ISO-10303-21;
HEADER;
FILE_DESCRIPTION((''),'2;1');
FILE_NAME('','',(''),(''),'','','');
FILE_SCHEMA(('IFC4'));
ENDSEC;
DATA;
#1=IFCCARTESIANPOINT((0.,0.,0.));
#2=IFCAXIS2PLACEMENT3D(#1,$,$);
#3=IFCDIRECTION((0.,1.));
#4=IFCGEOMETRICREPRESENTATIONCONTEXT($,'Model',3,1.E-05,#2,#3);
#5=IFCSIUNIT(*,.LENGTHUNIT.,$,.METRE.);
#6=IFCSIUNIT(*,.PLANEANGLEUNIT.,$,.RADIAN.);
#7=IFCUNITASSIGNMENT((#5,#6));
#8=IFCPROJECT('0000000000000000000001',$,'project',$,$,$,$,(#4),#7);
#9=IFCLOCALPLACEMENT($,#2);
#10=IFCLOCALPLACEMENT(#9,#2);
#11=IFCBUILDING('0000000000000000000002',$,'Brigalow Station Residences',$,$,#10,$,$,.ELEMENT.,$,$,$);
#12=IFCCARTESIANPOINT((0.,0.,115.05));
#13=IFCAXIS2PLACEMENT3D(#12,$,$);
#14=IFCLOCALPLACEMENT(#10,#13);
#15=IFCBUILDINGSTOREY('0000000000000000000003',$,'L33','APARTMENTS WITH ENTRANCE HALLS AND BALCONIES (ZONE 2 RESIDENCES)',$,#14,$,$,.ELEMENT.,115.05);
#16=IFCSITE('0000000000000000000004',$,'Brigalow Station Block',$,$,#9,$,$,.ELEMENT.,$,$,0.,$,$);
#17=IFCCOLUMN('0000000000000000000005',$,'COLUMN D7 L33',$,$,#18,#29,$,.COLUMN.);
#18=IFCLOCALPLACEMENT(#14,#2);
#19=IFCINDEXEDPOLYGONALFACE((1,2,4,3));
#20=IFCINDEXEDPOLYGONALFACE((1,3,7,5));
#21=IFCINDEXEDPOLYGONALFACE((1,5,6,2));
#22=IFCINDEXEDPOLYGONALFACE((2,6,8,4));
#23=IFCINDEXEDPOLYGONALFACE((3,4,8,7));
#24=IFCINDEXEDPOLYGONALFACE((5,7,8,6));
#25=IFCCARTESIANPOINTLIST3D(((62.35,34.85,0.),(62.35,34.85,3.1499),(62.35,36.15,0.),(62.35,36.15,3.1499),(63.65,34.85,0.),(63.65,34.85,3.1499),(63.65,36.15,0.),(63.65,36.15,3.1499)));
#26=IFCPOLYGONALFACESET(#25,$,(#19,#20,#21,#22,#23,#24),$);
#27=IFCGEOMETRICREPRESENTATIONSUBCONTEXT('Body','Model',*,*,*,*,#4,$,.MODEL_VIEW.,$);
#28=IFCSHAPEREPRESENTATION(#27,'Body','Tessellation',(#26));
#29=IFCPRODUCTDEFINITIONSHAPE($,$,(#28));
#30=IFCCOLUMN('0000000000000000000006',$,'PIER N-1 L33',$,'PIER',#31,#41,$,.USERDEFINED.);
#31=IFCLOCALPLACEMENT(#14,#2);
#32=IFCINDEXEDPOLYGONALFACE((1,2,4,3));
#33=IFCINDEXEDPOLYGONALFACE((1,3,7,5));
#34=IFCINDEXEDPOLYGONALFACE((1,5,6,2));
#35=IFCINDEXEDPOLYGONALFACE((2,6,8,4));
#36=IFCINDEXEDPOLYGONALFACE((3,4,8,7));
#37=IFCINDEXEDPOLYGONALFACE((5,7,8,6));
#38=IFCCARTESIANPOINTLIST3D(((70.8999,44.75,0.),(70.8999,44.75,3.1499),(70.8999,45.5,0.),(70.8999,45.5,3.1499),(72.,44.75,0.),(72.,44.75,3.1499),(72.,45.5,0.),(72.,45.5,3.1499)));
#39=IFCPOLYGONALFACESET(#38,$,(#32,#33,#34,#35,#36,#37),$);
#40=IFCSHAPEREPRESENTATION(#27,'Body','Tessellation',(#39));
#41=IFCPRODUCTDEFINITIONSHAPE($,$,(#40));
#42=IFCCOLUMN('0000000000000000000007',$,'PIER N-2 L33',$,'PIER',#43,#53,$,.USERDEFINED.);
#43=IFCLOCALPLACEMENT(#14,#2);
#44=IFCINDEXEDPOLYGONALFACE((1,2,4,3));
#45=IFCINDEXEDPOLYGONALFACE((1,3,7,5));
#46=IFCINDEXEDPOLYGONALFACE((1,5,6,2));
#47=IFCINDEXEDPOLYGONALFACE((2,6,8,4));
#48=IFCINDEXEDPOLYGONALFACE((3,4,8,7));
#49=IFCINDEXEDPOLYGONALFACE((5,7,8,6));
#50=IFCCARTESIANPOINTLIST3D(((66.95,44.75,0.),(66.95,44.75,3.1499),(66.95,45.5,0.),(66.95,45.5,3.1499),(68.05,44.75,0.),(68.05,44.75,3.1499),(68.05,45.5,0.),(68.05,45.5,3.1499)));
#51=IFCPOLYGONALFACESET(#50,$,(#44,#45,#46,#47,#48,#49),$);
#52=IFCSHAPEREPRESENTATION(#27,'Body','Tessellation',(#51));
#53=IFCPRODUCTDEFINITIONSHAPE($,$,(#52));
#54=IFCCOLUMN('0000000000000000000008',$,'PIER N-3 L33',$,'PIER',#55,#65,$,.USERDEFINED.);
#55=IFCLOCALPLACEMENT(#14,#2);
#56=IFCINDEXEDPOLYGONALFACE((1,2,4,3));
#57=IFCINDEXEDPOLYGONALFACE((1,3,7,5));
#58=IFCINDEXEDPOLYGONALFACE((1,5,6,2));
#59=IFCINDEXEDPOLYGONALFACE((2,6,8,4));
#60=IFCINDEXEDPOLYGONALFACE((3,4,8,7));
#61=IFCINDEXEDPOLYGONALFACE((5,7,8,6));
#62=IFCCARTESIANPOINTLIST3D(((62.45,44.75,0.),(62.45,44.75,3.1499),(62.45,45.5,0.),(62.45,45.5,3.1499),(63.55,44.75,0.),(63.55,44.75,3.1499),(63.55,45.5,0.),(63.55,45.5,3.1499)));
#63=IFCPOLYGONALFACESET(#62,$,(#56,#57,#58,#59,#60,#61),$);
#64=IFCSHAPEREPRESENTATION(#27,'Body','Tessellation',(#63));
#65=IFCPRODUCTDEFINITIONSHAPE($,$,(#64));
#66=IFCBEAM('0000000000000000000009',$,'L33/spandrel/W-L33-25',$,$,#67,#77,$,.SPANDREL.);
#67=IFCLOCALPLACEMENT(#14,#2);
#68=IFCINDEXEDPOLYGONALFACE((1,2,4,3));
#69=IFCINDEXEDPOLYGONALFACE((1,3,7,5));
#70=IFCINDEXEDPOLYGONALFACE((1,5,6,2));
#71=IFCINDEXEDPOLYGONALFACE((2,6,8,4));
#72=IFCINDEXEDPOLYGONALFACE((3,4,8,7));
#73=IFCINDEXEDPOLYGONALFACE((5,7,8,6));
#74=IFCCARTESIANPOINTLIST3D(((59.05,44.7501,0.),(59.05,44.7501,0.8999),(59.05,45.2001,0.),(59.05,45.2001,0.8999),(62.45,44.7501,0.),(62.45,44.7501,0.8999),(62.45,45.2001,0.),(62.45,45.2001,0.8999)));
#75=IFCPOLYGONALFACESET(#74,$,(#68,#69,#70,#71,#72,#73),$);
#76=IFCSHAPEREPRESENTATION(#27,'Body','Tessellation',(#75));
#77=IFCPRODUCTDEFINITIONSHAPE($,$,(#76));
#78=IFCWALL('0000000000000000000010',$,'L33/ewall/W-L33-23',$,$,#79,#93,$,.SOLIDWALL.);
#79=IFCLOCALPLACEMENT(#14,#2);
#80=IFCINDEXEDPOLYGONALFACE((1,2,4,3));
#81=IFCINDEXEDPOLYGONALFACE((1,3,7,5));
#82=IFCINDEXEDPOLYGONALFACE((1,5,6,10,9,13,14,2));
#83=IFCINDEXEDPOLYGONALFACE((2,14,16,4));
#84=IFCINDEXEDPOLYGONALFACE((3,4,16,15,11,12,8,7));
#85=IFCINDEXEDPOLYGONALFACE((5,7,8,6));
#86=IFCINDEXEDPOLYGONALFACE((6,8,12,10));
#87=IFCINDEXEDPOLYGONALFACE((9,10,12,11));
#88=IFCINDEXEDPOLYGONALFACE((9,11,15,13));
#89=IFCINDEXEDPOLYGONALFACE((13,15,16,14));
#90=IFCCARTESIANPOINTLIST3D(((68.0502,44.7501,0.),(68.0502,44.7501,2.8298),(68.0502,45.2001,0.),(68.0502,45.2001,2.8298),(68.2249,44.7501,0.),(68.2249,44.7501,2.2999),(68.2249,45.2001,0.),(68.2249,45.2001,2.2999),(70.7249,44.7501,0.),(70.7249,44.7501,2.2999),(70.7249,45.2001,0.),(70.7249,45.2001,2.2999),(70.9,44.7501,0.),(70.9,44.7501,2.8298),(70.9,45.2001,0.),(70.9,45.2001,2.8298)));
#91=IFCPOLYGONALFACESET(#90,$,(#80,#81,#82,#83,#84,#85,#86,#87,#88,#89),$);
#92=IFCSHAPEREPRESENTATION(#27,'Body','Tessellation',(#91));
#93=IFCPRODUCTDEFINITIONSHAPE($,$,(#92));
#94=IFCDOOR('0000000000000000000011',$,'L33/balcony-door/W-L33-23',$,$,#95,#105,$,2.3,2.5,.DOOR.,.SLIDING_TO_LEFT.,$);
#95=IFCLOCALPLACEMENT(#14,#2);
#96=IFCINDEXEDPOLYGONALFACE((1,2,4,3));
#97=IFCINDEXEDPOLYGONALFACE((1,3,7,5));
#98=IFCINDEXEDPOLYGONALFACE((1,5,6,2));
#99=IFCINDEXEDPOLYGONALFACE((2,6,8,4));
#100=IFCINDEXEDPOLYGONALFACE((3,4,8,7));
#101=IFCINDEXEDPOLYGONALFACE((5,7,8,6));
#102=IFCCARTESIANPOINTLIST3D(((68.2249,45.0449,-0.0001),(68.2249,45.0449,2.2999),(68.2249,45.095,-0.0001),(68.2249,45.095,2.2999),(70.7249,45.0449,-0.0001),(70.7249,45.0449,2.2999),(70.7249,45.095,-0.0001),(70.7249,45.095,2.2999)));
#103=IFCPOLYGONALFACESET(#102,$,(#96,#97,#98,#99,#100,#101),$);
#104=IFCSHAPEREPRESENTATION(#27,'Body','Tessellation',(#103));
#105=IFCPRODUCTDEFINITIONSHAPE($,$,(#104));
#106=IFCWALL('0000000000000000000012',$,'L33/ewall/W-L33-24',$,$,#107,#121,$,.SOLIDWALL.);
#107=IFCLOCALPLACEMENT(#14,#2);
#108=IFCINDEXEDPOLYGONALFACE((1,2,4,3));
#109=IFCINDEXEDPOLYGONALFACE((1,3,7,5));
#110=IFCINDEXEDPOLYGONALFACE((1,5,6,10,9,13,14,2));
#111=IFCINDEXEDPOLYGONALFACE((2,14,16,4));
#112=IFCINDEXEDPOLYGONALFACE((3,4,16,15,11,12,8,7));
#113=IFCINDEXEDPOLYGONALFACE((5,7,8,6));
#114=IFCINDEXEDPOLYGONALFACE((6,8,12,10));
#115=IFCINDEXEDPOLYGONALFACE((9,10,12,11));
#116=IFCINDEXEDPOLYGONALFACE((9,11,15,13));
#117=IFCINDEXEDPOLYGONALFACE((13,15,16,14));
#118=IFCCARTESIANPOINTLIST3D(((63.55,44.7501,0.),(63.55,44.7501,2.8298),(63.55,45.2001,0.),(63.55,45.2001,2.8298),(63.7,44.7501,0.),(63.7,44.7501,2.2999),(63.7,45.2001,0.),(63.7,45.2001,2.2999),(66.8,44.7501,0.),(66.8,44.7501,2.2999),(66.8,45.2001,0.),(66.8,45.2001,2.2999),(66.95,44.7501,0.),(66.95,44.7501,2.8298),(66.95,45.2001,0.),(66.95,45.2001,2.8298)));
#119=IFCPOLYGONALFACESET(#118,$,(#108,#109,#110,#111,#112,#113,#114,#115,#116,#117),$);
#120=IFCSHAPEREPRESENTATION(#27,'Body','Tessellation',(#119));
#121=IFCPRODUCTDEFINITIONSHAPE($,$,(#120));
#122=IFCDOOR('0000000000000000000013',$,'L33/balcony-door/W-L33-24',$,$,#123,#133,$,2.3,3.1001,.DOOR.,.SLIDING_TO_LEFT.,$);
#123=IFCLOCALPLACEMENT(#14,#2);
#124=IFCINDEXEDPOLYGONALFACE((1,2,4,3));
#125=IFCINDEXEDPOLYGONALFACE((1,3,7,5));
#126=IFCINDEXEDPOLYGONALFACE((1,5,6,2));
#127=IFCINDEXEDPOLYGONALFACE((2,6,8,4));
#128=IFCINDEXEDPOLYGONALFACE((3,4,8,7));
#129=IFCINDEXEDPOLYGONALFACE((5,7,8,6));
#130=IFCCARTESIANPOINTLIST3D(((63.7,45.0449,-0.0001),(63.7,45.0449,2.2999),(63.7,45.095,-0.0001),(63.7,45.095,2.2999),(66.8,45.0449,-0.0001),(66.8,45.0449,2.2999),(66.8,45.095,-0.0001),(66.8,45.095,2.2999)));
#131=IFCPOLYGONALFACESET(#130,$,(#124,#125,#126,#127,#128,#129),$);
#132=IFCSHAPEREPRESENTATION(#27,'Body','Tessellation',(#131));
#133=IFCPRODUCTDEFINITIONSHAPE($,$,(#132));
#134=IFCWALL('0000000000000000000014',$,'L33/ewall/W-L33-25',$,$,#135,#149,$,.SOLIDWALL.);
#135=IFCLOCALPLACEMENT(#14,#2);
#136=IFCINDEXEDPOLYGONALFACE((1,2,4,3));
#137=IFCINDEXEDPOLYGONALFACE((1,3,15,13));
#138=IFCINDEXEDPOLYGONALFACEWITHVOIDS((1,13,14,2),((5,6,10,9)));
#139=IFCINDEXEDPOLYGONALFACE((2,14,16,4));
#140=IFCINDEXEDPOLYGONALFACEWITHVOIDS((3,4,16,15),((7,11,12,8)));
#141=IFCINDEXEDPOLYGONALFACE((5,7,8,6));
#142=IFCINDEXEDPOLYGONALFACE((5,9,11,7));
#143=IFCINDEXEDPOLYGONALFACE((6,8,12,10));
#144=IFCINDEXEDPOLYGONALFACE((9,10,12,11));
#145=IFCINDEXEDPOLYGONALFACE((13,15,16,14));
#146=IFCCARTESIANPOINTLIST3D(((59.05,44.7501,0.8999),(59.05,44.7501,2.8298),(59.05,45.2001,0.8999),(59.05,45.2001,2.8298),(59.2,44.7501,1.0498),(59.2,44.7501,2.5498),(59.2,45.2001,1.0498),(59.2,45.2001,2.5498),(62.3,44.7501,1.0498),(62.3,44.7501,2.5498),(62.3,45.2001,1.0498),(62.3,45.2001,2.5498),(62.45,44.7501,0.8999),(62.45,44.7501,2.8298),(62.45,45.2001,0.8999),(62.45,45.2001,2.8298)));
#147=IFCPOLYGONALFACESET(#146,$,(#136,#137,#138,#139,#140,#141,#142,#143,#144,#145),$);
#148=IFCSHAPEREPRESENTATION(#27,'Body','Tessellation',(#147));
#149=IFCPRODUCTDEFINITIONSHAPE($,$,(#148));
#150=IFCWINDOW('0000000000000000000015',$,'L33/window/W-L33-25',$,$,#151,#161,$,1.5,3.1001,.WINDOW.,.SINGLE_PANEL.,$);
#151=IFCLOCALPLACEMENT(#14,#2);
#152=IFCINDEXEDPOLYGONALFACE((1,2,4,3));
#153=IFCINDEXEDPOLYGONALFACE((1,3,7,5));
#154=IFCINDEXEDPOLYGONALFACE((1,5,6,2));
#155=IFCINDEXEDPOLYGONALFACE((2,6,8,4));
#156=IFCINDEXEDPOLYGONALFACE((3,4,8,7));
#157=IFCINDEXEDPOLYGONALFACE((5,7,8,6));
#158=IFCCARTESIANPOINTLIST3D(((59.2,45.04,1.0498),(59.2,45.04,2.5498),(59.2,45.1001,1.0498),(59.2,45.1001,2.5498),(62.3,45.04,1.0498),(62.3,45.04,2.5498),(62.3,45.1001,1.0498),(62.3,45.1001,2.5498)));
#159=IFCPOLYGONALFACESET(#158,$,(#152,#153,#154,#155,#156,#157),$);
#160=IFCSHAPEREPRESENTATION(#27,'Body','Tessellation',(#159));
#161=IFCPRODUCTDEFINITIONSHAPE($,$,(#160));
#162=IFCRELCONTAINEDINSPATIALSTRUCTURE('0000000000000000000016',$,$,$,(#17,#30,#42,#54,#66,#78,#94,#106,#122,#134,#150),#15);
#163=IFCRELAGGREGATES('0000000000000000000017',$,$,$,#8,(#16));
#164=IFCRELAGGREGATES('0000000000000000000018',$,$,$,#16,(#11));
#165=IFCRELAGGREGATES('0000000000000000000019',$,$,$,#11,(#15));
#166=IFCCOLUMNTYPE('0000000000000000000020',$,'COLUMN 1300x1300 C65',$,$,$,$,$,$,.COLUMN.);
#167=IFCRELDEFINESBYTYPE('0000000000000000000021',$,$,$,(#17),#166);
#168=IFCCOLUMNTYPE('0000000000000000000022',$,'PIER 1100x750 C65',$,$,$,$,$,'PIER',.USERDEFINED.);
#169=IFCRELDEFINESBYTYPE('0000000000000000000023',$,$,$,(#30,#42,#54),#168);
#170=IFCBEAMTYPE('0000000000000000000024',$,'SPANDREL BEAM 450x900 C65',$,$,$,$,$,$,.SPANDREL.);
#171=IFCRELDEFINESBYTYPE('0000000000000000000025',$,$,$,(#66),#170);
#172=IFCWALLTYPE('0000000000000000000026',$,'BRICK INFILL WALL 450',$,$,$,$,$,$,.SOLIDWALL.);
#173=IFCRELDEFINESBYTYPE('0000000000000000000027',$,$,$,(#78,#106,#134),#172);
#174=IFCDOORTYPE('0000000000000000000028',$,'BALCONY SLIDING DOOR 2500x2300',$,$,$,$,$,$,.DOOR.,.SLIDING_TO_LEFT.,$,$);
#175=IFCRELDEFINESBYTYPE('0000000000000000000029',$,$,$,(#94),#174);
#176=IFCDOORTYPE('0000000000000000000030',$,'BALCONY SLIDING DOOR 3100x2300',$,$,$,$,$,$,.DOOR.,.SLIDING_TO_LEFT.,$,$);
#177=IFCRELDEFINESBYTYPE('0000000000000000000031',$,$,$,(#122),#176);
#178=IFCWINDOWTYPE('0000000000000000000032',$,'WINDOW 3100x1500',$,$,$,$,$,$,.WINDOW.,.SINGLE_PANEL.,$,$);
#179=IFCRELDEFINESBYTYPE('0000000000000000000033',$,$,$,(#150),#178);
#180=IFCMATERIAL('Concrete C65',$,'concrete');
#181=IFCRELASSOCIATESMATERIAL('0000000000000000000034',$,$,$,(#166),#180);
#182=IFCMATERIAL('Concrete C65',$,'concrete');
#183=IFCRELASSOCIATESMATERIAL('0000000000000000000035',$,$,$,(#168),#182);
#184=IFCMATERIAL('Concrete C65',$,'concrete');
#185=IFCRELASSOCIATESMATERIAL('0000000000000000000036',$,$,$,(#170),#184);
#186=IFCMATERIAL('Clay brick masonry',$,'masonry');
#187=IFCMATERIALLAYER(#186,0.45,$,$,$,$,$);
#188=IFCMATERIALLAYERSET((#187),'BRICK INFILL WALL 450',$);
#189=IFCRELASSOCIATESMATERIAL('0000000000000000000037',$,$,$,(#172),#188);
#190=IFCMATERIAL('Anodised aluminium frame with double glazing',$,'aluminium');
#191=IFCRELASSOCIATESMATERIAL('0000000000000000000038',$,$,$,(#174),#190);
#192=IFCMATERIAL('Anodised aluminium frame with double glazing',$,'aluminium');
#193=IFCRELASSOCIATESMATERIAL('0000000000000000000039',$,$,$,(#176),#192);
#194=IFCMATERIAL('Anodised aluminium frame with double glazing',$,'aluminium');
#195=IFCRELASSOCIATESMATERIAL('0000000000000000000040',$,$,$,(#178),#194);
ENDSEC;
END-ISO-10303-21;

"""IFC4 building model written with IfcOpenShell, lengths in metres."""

from ifc_helpers import new_model, si_unit, direction, frame, frame_2d, origin, origin_2d, place, context, subcontext, project, spatial, rectangle, extrude, material, layer, layer_set, material_profile, profile_set, type_object, element, fill, save


model = new_model("IFC4")

# Units and contexts
model_context = context("Model", 3, precision=1e-05, world=origin(), true_north=direction((0.0, 1.0)))
body_context = subcontext(model_context, "Body", "Model", "MODEL_VIEW")
ifc_project = project(units=[si_unit("LENGTHUNIT", "METRE"), si_unit("PLANEANGLEUNIT", "RADIAN")], contexts=[model_context])

# Site, building, storey
site_placement = place(None, origin())
site = spatial("IfcSite", under=ifc_project, at=site_placement, Name="Brigalow Station Block", CompositionType="ELEMENT", RefElevation=0.0)
building_placement = place(site_placement, origin())
building = spatial("IfcBuilding", under=site, at=building_placement, Name="Brigalow Station Residences", CompositionType="ELEMENT")
storey_placement = place(building_placement, frame((0.0, 0.0, 115.05)))
storey = spatial("IfcBuildingStorey", under=building, at=storey_placement, Name="L33", Description="APARTMENTS WITH ENTRANCE HALLS AND BALCONIES (ZONE 2 RESIDENCES)", CompositionType="ELEMENT", Elevation=115.05)

# Columns
ifc_material_1 = material(Name="Concrete C65", Category="concrete")
ifc_material_profile_1 = material_profile(ifc_material_1, rectangle(XDim=1.3, YDim=1.3, at=origin_2d()), Name="RC1300x1300")
ifc_profile_set_1 = profile_set([ifc_material_profile_1], Name="Concrete C65")
column_type_1 = type_object("IfcColumnType", Name="COLUMN 1300x1300 C65", PredefinedType="COLUMN", material=ifc_profile_set_1)
column_placement = place(storey_placement, frame((63.0, 35.5, 0.0), z_axis=(0.0, 0.0, 1.0), x_axis=(1.0, 0.0, 0.0)))
element("IfcColumn", 1, at=column_placement, inside=storey, type_object=column_type_1, Name="COLUMN D7 L33", PredefinedType="COLUMN", context=body_context, shape_type="SweptSolid", body=[
    extrude(rectangle(XDim=1.3, YDim=1.3, at=origin_2d()), origin(), (0.0, 0.0, 1.0), 3.1499),
])
ifc_material_2 = material(Name="Concrete C65", Category="concrete")
ifc_material_profile_2 = material_profile(ifc_material_2, rectangle(XDim=1.1001, YDim=0.75, at=origin_2d()), Name="RC1100x750")
ifc_profile_set_2 = profile_set([ifc_material_profile_2], Name="Concrete C65")
column_type_2 = type_object("IfcColumnType", Name="PIER 1100x750 C65", ElementType="PIER", PredefinedType="USERDEFINED", material=ifc_profile_set_2)
for number, where, z_axis, x_axis, name in (
    (2, (71.45, 45.125, 0.0), (0.0, 0.0, 1.0), (-1.0, 0.0, 0.0), "PIER N-1 L33"),
    (3, (67.5, 45.125, 0.0), (0.0, 0.0, 1.0), (-1.0, 0.0, 0.0), "PIER N-2 L33"),
    (4, (63.0, 45.125, 0.0), (0.0, 0.0, 1.0), (-1.0, 0.0, 0.0), "PIER N-3 L33"),
):
    element("IfcColumn", number, at=place(storey_placement, frame(where, z_axis=z_axis, x_axis=x_axis)), inside=storey, type_object=column_type_2, Name=name, ObjectType="PIER", PredefinedType="USERDEFINED", context=body_context, shape_type="SweptSolid", body=[
        extrude(rectangle(XDim=1.1001, YDim=0.75, at=origin_2d()), origin(), (0.0, 0.0, 1.0), 3.1499),
    ])

# Beam
ifc_material_3 = material(Name="Concrete C65", Category="concrete")
ifc_material_profile_3 = material_profile(ifc_material_3, rectangle(XDim=0.45, YDim=0.8999, at=origin_2d()), Name="RC450x900")
ifc_profile_set_3 = profile_set([ifc_material_profile_3], Name="Concrete C65")
beam_type = type_object("IfcBeamType", Name="SPANDREL BEAM 450x900 C65", PredefinedType="SPANDREL", material=ifc_profile_set_3)
beam_placement = place(storey_placement, frame((62.45, 44.9751, 0.45), z_axis=(-1.0, 0.0, 0.0), x_axis=(0.0, -1.0, 0.0)))
element("IfcBeam", 5, at=beam_placement, inside=storey, type_object=beam_type, Name="L33/spandrel/W-L33-25", PredefinedType="SPANDREL", context=body_context, shape_type="SweptSolid", body=[
    extrude(rectangle(XDim=0.45, YDim=0.8999, at=origin_2d()), origin(), (0.0, 0.0, 1.0), 3.3999),
])

# Walls, openings, doors
ifc_material_4 = material(Name="Clay brick masonry", Category="masonry")
ifc_layer_1 = layer(ifc_material_4, 0.45)
ifc_layer_set_1 = layer_set([ifc_layer_1], Name="BRICK INFILL WALL 450")
wall_type_1 = type_object("IfcWallType", Name="BRICK INFILL WALL 450", PredefinedType="SOLIDWALL", material=ifc_layer_set_1)
wall_1_placement = place(storey_placement, frame((70.8999, 44.9751, 0.0), z_axis=(0.0, 0.0, 1.0), x_axis=(-1.0, 0.0, 0.0)))
wall_1 = element("IfcWall", 6, at=wall_1_placement, inside=storey, type_object=wall_type_1, Name="L33/ewall/W-L33-23", PredefinedType="SOLIDWALL", context=body_context, shape_type="SweptSolid", body=[
    extrude(rectangle(XDim=2.8499, YDim=0.45, at=frame_2d((1.4248, 0.0))), origin(), (0.0, 0.0, 1.0), 2.8298),
])
opening_1_placement = place(wall_1_placement, frame((0.175, 0.0, 0.0)))
opening_1 = element("IfcOpeningElement", 7, at=opening_1_placement, cuts=wall_1, PredefinedType="OPENING", context=body_context, shape_type="SweptSolid", body=[
    extrude(rectangle(XDim=2.5, YDim=2.3, at=frame_2d((1.25, 1.1499))), frame((0.0, 0.2349, 0.0), z_axis=(0.0, -1.0, 0.0), x_axis=(1.0, 0.0, 0.0)), (0.0, 0.0, 1.0), 0.47),
])
ifc_material_5 = material(Name="Anodised aluminium frame with double glazing", Category="aluminium")
door_type_1 = type_object("IfcDoorType", Name="BALCONY SLIDING DOOR 2500x2300", OperationType="SLIDING_TO_LEFT", PredefinedType="DOOR", material=ifc_material_5)
door_1_placement = place(opening_1_placement, origin())
door_1 = element("IfcDoor", 8, at=door_1_placement, inside=storey, type_object=door_type_1, Name="L33/balcony-door/W-L33-23", OperationType="SLIDING_TO_LEFT", OverallHeight=2.3, OverallWidth=2.5, PredefinedType="DOOR", context=body_context, shape_type="SweptSolid", body=[
    extrude(rectangle(XDim=2.5, YDim=2.3, at=frame_2d((1.25, 1.1499))), frame((0.0, -0.0698, 0.0), z_axis=(0.0, -1.0, 0.0), x_axis=(1.0, 0.0, 0.0)), (0.0, 0.0, 1.0), 0.05),
])
fill(opening_1, door_1)
wall_2_placement = place(storey_placement, frame((66.95, 44.9751, 0.0), z_axis=(0.0, 0.0, 1.0), x_axis=(-1.0, 0.0, 0.0)))
wall_2 = element("IfcWall", 9, at=wall_2_placement, inside=storey, type_object=wall_type_1, Name="L33/ewall/W-L33-24", PredefinedType="SOLIDWALL", context=body_context, shape_type="SweptSolid", body=[
    extrude(rectangle(XDim=3.3999, YDim=0.45, at=frame_2d((1.7, 0.0))), origin(), (0.0, 0.0, 1.0), 2.8298),
])
opening_2_placement = place(wall_2_placement, frame((0.1499, 0.0, 0.0)))
opening_2 = element("IfcOpeningElement", 10, at=opening_2_placement, cuts=wall_2, PredefinedType="OPENING", context=body_context, shape_type="SweptSolid", body=[
    extrude(rectangle(XDim=3.1001, YDim=2.3, at=frame_2d((1.55, 1.1499))), frame((0.0, 0.2349, 0.0), z_axis=(0.0, -1.0, 0.0), x_axis=(1.0, 0.0, 0.0)), (0.0, 0.0, 1.0), 0.47),
])
ifc_material_6 = material(Name="Anodised aluminium frame with double glazing", Category="aluminium")
door_type_2 = type_object("IfcDoorType", Name="BALCONY SLIDING DOOR 3100x2300", OperationType="SLIDING_TO_LEFT", PredefinedType="DOOR", material=ifc_material_6)
door_2_placement = place(opening_2_placement, origin())
door_2 = element("IfcDoor", 11, at=door_2_placement, inside=storey, type_object=door_type_2, Name="L33/balcony-door/W-L33-24", OperationType="SLIDING_TO_LEFT", OverallHeight=2.3, OverallWidth=3.1001, PredefinedType="DOOR", context=body_context, shape_type="SweptSolid", body=[
    extrude(rectangle(XDim=3.1001, YDim=2.3, at=frame_2d((1.55, 1.1499))), frame((0.0, -0.0698, 0.0), z_axis=(0.0, -1.0, 0.0), x_axis=(1.0, 0.0, 0.0)), (0.0, 0.0, 1.0), 0.05),
])
fill(opening_2, door_2)

# Wall, opening, window
wall_3_placement = place(storey_placement, frame((62.45, 44.9751, 0.8999), z_axis=(0.0, 0.0, 1.0), x_axis=(-1.0, 0.0, 0.0)))
wall_3 = element("IfcWall", 12, at=wall_3_placement, inside=storey, type_object=wall_type_1, Name="L33/ewall/W-L33-25", PredefinedType="SOLIDWALL", context=body_context, shape_type="SweptSolid", body=[
    extrude(rectangle(XDim=3.3999, YDim=0.45, at=frame_2d((1.7, 0.0))), origin(), (0.0, 0.0, 1.0), 1.9299),
])
opening_3_placement = place(wall_3_placement, frame((0.1499, 0.0, 0.1499)))
opening_3 = element("IfcOpeningElement", 13, at=opening_3_placement, cuts=wall_3, PredefinedType="OPENING", context=body_context, shape_type="SweptSolid", body=[
    extrude(rectangle(XDim=3.1001, YDim=1.5, at=frame_2d((1.55, 0.75))), frame((0.0, 0.2349, 0.0), z_axis=(0.0, -1.0, 0.0), x_axis=(1.0, 0.0, 0.0)), (0.0, 0.0, 1.0), 0.47),
])
ifc_material_7 = material(Name="Anodised aluminium frame with double glazing", Category="aluminium")
window_type = type_object("IfcWindowType", Name="WINDOW 3100x1500", PartitioningType="SINGLE_PANEL", PredefinedType="WINDOW", material=ifc_material_7)
window_placement = place(opening_3_placement, origin())
window = element("IfcWindow", 14, at=window_placement, inside=storey, type_object=window_type, Name="L33/window/W-L33-25", OverallHeight=1.5, OverallWidth=3.1001, PartitioningType="SINGLE_PANEL", PredefinedType="WINDOW", context=body_context, shape_type="SweptSolid", body=[
    extrude(rectangle(XDim=3.1001, YDim=1.5, at=frame_2d((1.55, 0.75))), frame((0.0, -0.0649, 0.0), z_axis=(0.0, -1.0, 0.0), x_axis=(1.0, 0.0, 0.0)), (0.0, 0.0, 1.0), 0.0601),
])
fill(opening_3, window)

save(model, "model.ifc")
